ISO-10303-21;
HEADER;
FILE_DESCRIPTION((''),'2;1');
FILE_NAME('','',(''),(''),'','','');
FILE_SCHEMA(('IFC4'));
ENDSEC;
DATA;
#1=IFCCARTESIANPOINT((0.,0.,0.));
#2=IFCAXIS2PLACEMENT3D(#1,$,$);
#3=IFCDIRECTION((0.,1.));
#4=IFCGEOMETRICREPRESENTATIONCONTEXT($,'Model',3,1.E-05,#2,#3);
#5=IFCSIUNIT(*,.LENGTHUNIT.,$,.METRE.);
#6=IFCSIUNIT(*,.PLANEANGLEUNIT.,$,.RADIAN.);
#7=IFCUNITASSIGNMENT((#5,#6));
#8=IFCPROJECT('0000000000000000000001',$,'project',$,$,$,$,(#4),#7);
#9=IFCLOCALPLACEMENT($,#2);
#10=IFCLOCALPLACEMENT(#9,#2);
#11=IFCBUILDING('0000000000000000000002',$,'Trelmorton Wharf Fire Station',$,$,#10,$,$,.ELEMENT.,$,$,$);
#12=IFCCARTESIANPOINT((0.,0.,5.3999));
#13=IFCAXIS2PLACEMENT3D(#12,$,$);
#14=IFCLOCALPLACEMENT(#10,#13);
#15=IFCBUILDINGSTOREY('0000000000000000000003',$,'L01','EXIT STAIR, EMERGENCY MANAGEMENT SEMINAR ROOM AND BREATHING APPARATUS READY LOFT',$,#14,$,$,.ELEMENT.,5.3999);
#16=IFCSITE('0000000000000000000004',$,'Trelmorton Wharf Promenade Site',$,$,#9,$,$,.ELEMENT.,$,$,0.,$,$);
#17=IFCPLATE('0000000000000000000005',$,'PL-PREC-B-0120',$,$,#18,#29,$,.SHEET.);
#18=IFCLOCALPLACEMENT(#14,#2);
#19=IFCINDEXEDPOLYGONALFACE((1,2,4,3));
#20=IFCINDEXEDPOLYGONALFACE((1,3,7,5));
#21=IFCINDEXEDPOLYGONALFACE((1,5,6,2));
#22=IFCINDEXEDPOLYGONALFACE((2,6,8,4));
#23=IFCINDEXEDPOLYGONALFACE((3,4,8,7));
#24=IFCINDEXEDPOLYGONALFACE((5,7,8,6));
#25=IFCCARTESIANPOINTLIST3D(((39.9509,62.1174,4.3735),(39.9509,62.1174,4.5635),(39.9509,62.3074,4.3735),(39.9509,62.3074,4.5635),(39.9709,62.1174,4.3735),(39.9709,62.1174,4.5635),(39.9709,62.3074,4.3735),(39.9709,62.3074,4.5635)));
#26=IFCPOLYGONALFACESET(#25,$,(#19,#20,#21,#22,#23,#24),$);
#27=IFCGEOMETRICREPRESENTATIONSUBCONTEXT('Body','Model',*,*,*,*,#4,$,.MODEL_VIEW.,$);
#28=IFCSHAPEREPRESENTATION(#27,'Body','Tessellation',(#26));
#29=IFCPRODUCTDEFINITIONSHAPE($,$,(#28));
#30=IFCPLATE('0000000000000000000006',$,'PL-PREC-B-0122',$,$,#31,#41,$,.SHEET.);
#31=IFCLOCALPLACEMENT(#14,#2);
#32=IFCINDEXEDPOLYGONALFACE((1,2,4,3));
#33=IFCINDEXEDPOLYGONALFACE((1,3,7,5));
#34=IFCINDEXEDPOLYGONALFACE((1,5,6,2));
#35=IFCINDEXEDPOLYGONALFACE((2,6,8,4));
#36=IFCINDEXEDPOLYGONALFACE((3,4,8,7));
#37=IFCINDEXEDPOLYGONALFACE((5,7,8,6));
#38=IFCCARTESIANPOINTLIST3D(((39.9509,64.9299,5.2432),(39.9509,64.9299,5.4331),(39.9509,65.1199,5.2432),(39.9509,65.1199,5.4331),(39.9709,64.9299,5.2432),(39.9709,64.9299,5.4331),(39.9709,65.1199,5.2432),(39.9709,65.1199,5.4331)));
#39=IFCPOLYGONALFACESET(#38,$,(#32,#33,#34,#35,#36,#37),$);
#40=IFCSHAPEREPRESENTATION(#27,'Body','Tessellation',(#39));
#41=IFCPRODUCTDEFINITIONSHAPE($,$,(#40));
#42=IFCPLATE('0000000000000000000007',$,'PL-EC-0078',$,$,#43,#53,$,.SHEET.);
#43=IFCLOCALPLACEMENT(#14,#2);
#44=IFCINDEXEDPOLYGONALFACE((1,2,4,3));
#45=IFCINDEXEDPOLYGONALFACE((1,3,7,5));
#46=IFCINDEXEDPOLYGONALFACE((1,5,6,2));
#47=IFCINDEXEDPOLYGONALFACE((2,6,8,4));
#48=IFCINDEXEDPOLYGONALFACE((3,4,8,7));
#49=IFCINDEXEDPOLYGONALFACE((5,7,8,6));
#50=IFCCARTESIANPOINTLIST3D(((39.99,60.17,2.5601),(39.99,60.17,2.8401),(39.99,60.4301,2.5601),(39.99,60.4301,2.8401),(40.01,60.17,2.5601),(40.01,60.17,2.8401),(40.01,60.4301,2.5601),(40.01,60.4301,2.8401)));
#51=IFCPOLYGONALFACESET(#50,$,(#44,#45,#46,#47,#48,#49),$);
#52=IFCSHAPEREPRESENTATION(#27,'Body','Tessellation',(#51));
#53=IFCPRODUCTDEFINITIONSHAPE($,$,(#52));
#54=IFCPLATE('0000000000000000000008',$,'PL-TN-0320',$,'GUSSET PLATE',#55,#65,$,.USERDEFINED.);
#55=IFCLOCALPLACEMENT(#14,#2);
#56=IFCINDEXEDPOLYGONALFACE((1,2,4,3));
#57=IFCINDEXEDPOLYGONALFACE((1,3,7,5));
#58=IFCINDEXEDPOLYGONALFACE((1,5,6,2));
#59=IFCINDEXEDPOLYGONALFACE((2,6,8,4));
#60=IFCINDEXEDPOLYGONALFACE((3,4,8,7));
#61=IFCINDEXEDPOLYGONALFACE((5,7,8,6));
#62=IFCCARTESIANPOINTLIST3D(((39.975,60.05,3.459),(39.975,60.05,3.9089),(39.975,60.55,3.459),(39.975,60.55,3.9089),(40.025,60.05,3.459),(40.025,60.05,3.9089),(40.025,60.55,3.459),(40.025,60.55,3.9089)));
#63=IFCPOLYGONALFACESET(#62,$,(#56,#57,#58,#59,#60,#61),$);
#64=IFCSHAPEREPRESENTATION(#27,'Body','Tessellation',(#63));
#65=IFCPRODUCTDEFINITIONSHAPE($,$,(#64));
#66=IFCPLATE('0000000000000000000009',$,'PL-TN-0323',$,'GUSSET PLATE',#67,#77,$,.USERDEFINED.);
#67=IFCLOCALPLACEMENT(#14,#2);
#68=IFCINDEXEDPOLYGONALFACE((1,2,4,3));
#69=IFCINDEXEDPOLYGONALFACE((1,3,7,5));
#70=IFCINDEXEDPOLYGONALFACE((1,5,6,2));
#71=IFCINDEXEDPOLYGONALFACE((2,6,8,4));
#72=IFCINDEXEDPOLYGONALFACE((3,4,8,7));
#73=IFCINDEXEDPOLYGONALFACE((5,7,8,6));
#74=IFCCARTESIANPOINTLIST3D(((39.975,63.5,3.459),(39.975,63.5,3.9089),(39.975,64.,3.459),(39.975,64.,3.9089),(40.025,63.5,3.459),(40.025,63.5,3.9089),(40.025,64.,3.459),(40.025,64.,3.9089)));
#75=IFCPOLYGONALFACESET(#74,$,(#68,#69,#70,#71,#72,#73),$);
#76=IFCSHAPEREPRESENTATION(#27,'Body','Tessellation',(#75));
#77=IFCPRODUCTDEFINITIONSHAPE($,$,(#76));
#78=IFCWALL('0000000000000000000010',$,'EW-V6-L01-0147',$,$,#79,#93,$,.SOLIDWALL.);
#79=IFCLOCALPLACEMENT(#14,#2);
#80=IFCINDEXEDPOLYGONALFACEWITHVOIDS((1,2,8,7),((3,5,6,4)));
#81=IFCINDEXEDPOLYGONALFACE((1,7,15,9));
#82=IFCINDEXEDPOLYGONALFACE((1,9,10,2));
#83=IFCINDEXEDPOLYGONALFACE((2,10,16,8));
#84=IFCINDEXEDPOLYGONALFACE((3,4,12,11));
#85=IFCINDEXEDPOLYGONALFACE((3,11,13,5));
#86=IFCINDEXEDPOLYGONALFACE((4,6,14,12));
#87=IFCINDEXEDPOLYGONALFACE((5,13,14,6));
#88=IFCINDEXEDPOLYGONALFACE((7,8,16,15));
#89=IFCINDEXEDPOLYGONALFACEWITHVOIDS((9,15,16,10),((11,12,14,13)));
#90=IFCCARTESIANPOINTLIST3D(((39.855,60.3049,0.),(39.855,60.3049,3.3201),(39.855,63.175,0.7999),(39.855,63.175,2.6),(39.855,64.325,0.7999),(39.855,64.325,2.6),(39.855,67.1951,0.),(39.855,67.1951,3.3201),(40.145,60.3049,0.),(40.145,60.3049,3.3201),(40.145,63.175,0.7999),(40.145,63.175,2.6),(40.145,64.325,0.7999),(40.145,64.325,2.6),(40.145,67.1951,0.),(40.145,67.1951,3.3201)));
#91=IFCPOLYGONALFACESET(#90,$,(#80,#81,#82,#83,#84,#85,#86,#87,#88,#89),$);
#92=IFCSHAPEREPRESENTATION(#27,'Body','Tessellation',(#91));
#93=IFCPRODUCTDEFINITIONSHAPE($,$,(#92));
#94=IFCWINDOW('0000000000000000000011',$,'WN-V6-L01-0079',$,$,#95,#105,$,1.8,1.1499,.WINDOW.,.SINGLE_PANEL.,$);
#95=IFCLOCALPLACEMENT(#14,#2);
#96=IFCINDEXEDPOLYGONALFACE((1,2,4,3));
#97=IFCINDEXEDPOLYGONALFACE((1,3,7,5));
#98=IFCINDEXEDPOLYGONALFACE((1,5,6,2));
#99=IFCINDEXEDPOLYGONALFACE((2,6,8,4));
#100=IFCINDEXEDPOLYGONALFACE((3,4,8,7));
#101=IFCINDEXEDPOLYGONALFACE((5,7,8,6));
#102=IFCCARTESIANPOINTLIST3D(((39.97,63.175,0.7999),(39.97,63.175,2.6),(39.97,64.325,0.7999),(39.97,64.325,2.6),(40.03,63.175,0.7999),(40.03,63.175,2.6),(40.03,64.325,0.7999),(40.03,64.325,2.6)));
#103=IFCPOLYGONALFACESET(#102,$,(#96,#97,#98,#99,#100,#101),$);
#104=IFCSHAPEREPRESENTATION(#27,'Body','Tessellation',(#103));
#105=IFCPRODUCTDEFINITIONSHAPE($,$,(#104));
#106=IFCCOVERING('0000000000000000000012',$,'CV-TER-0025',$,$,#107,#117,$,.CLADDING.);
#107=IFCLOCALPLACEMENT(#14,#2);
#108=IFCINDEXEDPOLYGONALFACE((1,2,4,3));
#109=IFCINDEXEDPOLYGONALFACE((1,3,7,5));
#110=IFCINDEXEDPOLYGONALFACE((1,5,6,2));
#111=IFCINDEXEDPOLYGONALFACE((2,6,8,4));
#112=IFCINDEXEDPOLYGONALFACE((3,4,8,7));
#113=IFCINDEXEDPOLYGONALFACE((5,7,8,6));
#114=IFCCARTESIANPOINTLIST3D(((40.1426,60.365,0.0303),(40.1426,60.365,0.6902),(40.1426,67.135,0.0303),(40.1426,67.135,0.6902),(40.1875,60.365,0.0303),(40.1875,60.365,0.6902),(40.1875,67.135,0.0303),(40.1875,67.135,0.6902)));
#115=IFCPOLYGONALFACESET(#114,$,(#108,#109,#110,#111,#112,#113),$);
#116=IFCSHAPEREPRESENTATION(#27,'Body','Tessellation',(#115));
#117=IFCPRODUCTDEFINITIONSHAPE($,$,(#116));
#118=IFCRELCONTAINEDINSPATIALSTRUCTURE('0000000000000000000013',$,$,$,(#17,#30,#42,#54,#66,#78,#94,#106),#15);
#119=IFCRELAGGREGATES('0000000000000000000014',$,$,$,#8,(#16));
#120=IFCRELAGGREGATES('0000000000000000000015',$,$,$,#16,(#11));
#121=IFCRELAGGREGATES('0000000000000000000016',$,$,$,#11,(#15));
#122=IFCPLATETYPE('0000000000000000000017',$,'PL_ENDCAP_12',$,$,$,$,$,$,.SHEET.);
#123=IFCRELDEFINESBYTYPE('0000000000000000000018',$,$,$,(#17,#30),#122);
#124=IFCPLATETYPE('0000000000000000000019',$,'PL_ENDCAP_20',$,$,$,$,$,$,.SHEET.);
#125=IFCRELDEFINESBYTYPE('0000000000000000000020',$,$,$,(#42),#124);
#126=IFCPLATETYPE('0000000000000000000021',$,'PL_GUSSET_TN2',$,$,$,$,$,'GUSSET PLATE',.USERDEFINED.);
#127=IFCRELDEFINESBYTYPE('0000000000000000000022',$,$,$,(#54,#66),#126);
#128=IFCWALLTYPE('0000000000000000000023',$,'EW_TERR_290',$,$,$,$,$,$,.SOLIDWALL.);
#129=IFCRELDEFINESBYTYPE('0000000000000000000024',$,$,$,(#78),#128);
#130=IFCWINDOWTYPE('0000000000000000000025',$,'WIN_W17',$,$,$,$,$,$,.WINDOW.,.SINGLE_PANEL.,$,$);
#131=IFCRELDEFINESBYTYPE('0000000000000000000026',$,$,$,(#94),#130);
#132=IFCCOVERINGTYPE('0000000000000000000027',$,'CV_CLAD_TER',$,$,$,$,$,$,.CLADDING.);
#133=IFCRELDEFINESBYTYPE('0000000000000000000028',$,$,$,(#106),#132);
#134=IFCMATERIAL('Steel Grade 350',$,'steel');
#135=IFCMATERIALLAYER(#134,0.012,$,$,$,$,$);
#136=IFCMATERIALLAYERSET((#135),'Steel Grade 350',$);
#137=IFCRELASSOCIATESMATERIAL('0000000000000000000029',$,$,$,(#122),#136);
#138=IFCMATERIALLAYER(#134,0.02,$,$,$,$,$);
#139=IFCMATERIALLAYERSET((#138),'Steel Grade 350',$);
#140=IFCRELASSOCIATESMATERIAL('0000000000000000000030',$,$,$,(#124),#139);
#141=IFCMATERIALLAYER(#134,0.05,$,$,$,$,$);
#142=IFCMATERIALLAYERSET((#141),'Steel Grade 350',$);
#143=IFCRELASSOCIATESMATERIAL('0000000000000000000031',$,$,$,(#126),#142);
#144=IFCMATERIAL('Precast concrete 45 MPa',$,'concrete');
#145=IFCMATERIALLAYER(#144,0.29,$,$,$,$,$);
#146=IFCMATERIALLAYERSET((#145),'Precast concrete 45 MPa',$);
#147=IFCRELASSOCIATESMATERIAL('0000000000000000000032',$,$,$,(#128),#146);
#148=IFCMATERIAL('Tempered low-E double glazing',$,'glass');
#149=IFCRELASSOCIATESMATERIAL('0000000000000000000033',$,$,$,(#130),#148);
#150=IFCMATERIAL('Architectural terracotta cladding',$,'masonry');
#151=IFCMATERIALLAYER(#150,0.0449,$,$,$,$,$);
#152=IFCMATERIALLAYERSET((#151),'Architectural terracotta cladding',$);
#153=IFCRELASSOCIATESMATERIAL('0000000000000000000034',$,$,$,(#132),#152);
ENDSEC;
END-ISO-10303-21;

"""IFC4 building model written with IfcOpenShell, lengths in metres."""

from ifc_helpers import new_model, si_unit, direction, frame, frame_2d, origin, origin_2d, place, context, subcontext, project, spatial, rectangle, extrude, material, layer, layer_set, type_object, element, fill, save


model = new_model("IFC4")

# Units and contexts
model_context = context("Model", 3, precision=1e-05, world=origin(), true_north=direction((0.0, 1.0)))
body_context = subcontext(model_context, "Body", "Model", "MODEL_VIEW")
ifc_project = project(units=[si_unit("LENGTHUNIT", "METRE"), si_unit("PLANEANGLEUNIT", "RADIAN")], contexts=[model_context])

# Site, building, storey
site_placement = place(None, origin())
site = spatial("IfcSite", under=ifc_project, at=site_placement, Name="Trelmorton Wharf Promenade Site", CompositionType="ELEMENT", RefElevation=0.0)
building_placement = place(site_placement, origin())
building = spatial("IfcBuilding", under=site, at=building_placement, Name="Trelmorton Wharf Fire Station", CompositionType="ELEMENT")
storey_placement = place(building_placement, frame((0.0, 0.0, 5.3999)))
storey = spatial("IfcBuildingStorey", under=building, at=storey_placement, Name="L01", Description="EXIT STAIR, EMERGENCY MANAGEMENT SEMINAR ROOM AND BREATHING APPARATUS READY LOFT", CompositionType="ELEMENT", Elevation=5.3999)

# Shared definitions
ifc_material_1 = material(Name="Steel Grade 350", Category="steel")

# Plates
ifc_layer_1 = layer(ifc_material_1, 0.012)
ifc_layer_set_1 = layer_set([ifc_layer_1], Name="Steel Grade 350")
plate_type_1 = type_object("IfcPlateType", Name="PL_ENDCAP_12", PredefinedType="SHEET", material=ifc_layer_set_1)
for number, where, z_axis, x_axis, name in (
    (1, (39.9609, 62.2124, 4.3735), (0.0, 0.0, 1.0), (1.0, 0.0, 0.0), "PL-PREC-B-0120"),
    (2, (39.9609, 65.0249, 5.2432), (0.0, 0.0, 1.0), (1.0, 0.0, 0.0), "PL-PREC-B-0122"),
):
    element("IfcPlate", number, at=place(storey_placement, frame(where, z_axis=z_axis, x_axis=x_axis)), inside=storey, type_object=plate_type_1, Name=name, PredefinedType="SHEET", context=body_context, shape_type="SweptSolid", body=[
        extrude(rectangle(XDim=0.02, YDim=0.1899, at=origin_2d()), origin(), (0.0, 0.0, 1.0), 0.1899),
    ])
ifc_layer_2 = layer(ifc_material_1, 0.02)
ifc_layer_set_2 = layer_set([ifc_layer_2], Name="Steel Grade 350")
plate_type_2 = type_object("IfcPlateType", Name="PL_ENDCAP_20", PredefinedType="SHEET", material=ifc_layer_set_2)
plate_1_placement = place(storey_placement, frame((40.0, 60.3, 2.5601), z_axis=(0.0, 0.0, 1.0), x_axis=(1.0, 0.0, 0.0)))
element("IfcPlate", 3, at=plate_1_placement, inside=storey, type_object=plate_type_2, Name="PL-EC-0078", PredefinedType="SHEET", context=body_context, shape_type="SweptSolid", body=[
    extrude(rectangle(XDim=0.02, YDim=0.26, at=origin_2d()), origin(), (0.0, 0.0, 1.0), 0.28),
])
ifc_layer_3 = layer(ifc_material_1, 0.05)
ifc_layer_set_3 = layer_set([ifc_layer_3], Name="Steel Grade 350")
plate_type_3 = type_object("IfcPlateType", Name="PL_GUSSET_TN2", ElementType="GUSSET PLATE", PredefinedType="USERDEFINED", material=ifc_layer_set_3)
for number, where, z_axis, x_axis, name in (
    (4, (40.0, 60.3, 3.459), (0.0, 0.0, 1.0), (1.0, 0.0, 0.0), "PL-TN-0320"),
    (5, (40.0, 63.75, 3.459), (0.0, 0.0, 1.0), (1.0, 0.0, 0.0), "PL-TN-0323"),
):
    element("IfcPlate", number, at=place(storey_placement, frame(where, z_axis=z_axis, x_axis=x_axis)), inside=storey, type_object=plate_type_3, Name=name, ObjectType="GUSSET PLATE", PredefinedType="USERDEFINED", context=body_context, shape_type="SweptSolid", body=[
        extrude(rectangle(XDim=0.05, YDim=0.5, at=origin_2d()), origin(), (0.0, 0.0, 1.0), 0.45),
    ])

# Wall, opening, window
ifc_material_2 = material(Name="Precast concrete 45 MPa", Category="concrete")
ifc_layer_4 = layer(ifc_material_2, 0.29)
ifc_layer_set_4 = layer_set([ifc_layer_4], Name="Precast concrete 45 MPa")
wall_type = type_object("IfcWallType", Name="EW_TERR_290", PredefinedType="SOLIDWALL", material=ifc_layer_set_4)
wall_placement = place(storey_placement, frame((40.0, 67.1951, 0.0), z_axis=(0.0, 0.0, 1.0), x_axis=(0.0, -1.0, 0.0)))
wall = element("IfcWall", 6, at=wall_placement, inside=storey, type_object=wall_type, Name="EW-V6-L01-0147", PredefinedType="SOLIDWALL", context=body_context, shape_type="SweptSolid", body=[
    extrude(rectangle(XDim=6.8901, YDim=0.29, at=frame_2d((3.4451, 0.0))), origin(), (0.0, 0.0, 1.0), 3.3201),
])
opening_placement = place(wall_placement, frame((2.8701, 0.0, 0.8)))
opening = element("IfcOpeningElement", 7, at=opening_placement, cuts=wall, PredefinedType="OPENING", context=body_context, shape_type="SweptSolid", body=[
    extrude(rectangle(XDim=1.1499, YDim=1.8, at=frame_2d((0.575, 0.8999))), frame((0.0, 0.155, 0.0), z_axis=(0.0, -1.0, 0.0), x_axis=(1.0, 0.0, 0.0)), (0.0, 0.0, 1.0), 0.3101),
])
ifc_material_3 = material(Name="Tempered low-E double glazing", Category="glass")
window_type = type_object("IfcWindowType", Name="WIN_W17", PartitioningType="SINGLE_PANEL", PredefinedType="WINDOW", material=ifc_material_3)
window_placement = place(opening_placement, origin())
window = element("IfcWindow", 8, at=window_placement, inside=storey, type_object=window_type, Name="WN-V6-L01-0079", OverallHeight=1.8, OverallWidth=1.1499, PartitioningType="SINGLE_PANEL", PredefinedType="WINDOW", context=body_context, shape_type="SweptSolid", body=[
    extrude(rectangle(XDim=1.1499, YDim=1.8, at=frame_2d((0.575, 0.8999))), frame((0.0, 0.03, 0.0), z_axis=(0.0, -1.0, 0.0), x_axis=(1.0, 0.0, 0.0)), (0.0, 0.0, 1.0), 0.0601),
])
fill(opening, window)

# Covering
ifc_material_4 = material(Name="Architectural terracotta cladding", Category="masonry")
ifc_layer_5 = layer(ifc_material_4, 0.0449)
ifc_layer_set_5 = layer_set([ifc_layer_5], Name="Architectural terracotta cladding")
covering_type = type_object("IfcCoveringType", Name="CV_CLAD_TER", PredefinedType="CLADDING", material=ifc_layer_set_5)
covering_placement = place(storey_placement, frame((40.165, 63.75, 0.0303), z_axis=(0.0, 0.0, 1.0), x_axis=(0.0, -1.0, 0.0)))
element("IfcCovering", 9, at=covering_placement, inside=storey, type_object=covering_type, Name="CV-TER-0025", PredefinedType="CLADDING", context=body_context, shape_type="SweptSolid", body=[
    extrude(rectangle(XDim=6.77, YDim=0.0449, at=origin_2d()), origin(), (0.0, 0.0, 1.0), 0.6599),
])

save(model, "model.ifc")
